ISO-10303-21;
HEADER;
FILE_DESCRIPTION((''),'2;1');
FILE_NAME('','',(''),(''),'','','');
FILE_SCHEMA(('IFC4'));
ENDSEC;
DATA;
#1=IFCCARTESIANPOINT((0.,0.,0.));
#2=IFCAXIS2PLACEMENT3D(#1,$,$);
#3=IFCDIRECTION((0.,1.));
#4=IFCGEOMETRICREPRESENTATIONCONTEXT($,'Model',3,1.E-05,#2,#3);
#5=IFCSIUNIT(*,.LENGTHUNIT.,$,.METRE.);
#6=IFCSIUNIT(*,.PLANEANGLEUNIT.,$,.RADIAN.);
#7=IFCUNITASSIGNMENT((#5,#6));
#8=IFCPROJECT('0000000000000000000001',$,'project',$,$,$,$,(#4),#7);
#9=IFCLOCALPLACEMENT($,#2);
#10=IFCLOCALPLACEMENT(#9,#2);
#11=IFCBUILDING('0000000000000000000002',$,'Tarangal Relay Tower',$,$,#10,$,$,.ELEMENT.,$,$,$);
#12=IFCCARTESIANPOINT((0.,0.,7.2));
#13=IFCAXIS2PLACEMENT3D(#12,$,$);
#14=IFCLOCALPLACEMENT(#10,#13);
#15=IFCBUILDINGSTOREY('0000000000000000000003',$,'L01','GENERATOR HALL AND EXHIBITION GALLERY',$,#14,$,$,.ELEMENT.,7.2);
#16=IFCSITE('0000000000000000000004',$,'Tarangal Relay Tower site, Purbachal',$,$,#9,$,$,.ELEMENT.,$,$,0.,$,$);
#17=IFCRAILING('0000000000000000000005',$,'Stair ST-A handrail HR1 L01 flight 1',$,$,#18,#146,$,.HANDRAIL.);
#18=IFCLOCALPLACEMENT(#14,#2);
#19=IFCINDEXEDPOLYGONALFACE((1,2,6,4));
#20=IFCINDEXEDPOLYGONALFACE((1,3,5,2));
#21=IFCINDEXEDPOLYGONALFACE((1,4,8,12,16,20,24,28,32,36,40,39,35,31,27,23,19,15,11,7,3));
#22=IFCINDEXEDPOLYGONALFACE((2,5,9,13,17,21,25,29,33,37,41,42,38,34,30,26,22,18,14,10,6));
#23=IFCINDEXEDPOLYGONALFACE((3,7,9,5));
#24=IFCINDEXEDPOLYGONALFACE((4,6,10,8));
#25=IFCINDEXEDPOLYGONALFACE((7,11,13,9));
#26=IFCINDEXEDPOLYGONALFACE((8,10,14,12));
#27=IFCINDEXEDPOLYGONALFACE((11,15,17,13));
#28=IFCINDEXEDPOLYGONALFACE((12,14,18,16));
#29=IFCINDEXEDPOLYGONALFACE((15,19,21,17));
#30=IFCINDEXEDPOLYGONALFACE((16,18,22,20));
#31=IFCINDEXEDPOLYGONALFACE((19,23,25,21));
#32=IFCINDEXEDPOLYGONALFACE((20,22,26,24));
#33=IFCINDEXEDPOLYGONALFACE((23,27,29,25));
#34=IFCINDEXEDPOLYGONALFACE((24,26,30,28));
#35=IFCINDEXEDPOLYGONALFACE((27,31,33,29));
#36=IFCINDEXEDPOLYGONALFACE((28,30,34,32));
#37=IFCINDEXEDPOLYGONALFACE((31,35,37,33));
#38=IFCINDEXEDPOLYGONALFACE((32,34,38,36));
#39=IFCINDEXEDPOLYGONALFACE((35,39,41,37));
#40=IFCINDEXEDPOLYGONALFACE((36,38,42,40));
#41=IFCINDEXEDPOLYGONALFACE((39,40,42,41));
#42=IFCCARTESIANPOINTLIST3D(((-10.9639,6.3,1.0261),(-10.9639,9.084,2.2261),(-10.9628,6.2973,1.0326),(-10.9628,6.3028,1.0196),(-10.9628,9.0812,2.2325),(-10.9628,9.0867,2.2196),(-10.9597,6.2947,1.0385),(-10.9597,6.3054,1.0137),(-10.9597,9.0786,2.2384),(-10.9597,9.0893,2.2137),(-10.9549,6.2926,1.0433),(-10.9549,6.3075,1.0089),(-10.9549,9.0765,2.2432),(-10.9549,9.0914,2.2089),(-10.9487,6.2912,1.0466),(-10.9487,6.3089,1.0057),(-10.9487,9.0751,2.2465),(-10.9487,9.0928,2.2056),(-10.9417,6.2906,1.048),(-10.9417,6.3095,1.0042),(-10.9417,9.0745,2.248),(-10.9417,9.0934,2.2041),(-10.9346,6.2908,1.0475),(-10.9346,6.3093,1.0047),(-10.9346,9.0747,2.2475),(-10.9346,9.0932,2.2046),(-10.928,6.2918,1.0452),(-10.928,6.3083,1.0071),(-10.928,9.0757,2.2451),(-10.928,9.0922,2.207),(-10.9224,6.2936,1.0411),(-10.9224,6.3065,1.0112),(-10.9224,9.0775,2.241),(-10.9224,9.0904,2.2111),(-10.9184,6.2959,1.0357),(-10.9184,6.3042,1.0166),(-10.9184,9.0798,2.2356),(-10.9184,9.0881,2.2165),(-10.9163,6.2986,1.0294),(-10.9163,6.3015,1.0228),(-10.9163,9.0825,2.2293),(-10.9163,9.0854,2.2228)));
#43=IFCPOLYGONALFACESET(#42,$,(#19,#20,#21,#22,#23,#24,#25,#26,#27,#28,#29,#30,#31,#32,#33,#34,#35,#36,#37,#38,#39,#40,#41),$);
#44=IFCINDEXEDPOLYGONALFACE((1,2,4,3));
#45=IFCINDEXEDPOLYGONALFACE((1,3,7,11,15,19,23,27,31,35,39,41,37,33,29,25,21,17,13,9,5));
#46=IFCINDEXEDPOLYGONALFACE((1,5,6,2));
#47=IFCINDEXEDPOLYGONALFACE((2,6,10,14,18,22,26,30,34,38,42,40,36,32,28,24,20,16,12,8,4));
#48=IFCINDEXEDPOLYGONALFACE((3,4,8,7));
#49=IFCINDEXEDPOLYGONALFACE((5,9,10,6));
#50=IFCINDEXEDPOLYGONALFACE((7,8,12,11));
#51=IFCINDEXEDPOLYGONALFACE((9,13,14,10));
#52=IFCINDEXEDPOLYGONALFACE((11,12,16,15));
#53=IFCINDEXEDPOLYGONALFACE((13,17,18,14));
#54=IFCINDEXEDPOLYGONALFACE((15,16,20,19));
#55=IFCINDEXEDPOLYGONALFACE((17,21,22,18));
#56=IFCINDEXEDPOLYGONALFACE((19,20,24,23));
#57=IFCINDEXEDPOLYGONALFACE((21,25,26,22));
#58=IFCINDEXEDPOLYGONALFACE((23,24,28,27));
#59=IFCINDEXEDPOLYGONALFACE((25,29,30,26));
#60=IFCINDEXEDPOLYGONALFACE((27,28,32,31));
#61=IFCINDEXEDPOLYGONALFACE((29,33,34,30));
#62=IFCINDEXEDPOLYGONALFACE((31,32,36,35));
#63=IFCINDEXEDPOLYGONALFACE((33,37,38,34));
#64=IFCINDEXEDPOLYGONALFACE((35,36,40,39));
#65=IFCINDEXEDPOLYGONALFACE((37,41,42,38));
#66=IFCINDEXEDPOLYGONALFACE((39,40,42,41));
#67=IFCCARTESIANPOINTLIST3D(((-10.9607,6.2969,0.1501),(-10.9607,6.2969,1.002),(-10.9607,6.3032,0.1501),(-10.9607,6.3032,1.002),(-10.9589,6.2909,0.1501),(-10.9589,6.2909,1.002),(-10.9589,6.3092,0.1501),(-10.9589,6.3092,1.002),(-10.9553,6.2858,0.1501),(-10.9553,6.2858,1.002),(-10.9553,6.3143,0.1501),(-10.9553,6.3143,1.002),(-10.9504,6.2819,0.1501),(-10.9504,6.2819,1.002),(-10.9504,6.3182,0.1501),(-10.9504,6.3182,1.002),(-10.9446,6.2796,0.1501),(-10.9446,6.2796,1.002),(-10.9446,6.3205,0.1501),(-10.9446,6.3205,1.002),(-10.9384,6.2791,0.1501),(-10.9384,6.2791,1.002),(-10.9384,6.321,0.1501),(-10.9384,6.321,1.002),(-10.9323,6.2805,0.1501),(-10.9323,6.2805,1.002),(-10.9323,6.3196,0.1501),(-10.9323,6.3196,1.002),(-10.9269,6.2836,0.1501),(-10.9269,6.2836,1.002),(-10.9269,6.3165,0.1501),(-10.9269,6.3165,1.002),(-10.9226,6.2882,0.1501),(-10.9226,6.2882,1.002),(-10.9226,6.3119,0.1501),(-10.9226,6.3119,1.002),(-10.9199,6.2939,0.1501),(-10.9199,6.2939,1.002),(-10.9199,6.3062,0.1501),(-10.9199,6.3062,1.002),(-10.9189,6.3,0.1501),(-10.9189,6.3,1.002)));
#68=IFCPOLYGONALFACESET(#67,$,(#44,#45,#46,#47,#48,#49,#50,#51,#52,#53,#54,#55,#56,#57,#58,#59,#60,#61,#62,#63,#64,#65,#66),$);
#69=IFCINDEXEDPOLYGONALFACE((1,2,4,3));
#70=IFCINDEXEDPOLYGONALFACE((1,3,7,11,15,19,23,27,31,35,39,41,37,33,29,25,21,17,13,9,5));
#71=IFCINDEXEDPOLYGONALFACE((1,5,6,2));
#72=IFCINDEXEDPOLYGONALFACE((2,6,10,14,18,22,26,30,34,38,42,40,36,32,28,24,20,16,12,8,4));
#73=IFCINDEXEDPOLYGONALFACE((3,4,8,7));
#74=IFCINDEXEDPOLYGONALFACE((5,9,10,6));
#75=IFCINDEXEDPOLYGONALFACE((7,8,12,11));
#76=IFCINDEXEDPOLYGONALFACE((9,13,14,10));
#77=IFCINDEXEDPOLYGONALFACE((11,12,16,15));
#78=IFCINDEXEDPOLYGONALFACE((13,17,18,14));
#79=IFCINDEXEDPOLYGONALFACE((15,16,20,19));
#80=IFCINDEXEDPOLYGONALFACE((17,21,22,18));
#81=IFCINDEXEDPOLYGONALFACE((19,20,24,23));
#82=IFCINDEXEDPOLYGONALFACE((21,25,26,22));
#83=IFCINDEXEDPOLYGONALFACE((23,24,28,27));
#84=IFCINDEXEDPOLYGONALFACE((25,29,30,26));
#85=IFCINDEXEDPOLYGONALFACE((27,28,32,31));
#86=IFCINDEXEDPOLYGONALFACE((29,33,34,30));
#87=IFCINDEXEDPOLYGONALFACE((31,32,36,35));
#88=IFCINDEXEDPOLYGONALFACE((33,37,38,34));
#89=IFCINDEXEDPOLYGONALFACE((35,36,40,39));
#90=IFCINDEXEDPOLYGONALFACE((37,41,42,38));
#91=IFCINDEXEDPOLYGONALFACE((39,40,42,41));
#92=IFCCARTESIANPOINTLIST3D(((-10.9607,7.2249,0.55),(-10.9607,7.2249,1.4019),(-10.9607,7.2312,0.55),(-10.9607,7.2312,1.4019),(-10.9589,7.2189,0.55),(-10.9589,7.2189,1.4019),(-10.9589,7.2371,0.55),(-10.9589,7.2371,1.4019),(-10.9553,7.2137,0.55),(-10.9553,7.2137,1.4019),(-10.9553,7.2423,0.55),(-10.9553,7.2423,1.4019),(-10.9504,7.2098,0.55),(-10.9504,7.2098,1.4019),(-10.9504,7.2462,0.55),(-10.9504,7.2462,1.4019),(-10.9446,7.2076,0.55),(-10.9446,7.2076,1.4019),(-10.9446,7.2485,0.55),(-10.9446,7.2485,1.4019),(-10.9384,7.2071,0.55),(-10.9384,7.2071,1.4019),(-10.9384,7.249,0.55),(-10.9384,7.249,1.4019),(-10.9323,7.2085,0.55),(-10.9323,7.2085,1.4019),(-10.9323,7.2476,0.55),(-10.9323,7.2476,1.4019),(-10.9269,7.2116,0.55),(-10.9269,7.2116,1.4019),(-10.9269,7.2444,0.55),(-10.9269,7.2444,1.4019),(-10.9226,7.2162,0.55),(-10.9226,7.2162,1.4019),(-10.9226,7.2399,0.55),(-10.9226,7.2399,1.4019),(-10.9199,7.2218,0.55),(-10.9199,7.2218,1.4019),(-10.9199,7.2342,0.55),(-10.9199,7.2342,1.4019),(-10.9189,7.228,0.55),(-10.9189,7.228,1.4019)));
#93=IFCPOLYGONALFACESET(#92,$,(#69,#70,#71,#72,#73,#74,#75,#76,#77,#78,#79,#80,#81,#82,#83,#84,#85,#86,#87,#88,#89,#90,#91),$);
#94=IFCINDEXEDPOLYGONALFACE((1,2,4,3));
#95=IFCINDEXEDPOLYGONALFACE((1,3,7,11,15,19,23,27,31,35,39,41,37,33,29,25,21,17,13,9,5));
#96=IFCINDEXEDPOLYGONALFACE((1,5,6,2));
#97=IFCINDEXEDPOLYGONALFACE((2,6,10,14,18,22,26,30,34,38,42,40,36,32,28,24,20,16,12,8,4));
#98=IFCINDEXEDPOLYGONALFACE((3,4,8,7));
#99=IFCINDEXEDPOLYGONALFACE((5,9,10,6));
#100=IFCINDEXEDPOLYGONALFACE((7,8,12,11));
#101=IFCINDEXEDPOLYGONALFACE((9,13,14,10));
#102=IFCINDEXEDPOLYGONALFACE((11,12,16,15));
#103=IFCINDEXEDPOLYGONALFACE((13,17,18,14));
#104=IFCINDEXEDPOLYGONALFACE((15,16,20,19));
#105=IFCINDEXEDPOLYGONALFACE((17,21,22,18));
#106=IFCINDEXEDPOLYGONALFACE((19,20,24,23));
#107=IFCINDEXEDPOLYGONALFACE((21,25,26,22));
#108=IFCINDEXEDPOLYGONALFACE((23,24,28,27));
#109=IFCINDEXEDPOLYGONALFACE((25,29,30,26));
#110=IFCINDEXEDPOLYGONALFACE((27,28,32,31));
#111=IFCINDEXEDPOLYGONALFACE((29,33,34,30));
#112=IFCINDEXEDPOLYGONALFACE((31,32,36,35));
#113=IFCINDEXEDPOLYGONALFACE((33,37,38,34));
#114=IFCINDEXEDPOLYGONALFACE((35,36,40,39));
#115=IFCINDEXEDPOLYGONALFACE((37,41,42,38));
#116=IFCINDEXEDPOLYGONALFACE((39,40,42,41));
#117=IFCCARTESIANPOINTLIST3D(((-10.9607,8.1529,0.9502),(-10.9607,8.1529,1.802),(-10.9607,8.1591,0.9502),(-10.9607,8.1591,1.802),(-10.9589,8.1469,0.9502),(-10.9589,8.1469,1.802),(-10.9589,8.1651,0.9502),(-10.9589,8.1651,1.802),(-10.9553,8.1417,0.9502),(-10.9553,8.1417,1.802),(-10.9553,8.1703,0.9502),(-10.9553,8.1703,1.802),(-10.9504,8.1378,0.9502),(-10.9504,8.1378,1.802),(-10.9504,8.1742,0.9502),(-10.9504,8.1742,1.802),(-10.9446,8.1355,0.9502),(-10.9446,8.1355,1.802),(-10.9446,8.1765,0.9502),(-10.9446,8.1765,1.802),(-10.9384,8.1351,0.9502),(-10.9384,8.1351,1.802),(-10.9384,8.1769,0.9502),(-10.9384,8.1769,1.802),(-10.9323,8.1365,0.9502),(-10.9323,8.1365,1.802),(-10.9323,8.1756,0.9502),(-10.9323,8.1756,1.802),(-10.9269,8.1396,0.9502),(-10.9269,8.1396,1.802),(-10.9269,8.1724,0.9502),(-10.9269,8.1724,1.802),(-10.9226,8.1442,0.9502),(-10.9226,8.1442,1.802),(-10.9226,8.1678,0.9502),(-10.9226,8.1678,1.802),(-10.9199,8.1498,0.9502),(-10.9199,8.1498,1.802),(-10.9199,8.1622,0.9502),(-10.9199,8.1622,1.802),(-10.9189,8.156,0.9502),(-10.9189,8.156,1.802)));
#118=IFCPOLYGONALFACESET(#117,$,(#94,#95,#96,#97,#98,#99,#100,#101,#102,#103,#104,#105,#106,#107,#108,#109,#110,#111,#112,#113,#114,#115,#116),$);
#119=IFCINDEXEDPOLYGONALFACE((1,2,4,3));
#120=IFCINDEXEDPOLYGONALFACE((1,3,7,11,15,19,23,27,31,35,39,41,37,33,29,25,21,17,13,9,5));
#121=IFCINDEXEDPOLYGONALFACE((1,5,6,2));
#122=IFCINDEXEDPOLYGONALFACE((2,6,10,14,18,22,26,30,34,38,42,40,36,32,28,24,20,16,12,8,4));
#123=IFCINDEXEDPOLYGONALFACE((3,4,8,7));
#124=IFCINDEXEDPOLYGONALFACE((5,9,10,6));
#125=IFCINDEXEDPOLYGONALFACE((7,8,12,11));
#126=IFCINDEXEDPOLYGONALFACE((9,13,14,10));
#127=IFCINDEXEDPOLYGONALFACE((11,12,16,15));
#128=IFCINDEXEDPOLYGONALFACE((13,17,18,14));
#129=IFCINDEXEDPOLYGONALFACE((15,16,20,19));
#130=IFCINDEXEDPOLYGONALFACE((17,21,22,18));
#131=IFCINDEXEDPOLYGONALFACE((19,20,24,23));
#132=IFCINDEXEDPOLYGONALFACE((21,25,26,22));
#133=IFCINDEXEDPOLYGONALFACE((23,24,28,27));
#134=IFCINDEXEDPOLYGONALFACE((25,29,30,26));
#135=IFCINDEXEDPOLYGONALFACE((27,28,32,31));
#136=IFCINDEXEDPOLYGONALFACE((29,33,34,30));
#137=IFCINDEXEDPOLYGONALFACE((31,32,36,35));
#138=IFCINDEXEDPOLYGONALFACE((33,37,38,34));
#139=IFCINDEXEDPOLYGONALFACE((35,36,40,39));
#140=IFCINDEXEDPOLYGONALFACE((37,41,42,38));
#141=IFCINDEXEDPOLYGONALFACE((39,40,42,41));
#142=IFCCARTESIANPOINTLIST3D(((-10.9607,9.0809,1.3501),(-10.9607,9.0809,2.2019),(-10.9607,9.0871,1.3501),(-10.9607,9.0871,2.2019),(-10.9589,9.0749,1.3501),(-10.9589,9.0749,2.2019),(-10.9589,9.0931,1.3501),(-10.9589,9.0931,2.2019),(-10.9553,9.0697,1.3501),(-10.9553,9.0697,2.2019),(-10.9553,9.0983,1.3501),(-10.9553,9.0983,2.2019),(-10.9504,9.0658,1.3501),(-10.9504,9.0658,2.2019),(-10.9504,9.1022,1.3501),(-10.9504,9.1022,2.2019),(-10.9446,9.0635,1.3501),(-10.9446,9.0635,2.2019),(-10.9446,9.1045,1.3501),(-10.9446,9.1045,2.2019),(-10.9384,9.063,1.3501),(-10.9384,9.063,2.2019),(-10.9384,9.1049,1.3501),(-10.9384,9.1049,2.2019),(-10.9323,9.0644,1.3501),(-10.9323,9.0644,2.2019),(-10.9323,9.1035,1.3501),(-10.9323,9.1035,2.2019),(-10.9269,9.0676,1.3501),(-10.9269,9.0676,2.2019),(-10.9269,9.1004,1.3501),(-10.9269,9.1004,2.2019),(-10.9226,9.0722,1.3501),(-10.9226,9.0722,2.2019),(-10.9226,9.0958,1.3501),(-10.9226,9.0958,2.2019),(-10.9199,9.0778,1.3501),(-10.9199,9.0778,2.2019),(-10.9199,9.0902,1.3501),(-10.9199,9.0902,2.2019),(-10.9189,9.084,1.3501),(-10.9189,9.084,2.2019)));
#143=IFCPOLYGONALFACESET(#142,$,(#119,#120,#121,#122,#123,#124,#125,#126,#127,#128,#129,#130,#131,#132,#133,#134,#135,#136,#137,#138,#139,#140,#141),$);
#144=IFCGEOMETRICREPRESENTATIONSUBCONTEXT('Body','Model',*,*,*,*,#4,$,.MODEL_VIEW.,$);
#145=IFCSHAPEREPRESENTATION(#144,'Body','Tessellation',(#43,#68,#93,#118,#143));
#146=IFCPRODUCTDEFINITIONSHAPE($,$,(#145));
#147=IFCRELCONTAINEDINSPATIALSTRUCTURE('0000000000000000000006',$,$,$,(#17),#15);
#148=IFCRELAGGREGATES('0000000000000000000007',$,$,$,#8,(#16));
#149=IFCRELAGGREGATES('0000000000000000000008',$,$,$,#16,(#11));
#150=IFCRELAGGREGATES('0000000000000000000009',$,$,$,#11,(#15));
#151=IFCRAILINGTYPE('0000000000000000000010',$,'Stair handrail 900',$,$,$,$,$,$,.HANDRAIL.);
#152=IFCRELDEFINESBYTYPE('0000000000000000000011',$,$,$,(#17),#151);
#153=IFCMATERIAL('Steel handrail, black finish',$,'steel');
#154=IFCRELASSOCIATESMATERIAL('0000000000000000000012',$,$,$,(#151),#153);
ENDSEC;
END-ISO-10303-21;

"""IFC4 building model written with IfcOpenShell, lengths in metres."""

from ifc_helpers import new_model, si_unit, direction, frame, origin, origin_2d, place, context, subcontext, project, spatial, circle, extrude, material, type_object, element, save


model = new_model("IFC4")

# Units and contexts
model_context = context("Model", 3, precision=1e-05, world=origin(), true_north=direction((0.0, 1.0)))
body_context = subcontext(model_context, "Body", "Model", "MODEL_VIEW")
ifc_project = project(units=[si_unit("LENGTHUNIT", "METRE"), si_unit("PLANEANGLEUNIT", "RADIAN")], contexts=[model_context])

# Site, building, storey
site_placement = place(None, origin())
site = spatial("IfcSite", under=ifc_project, at=site_placement, Name="Tarangal Relay Tower site, Purbachal", CompositionType="ELEMENT", RefElevation=0.0)
building_placement = place(site_placement, origin())
building = spatial("IfcBuilding", under=site, at=building_placement, Name="Tarangal Relay Tower", CompositionType="ELEMENT")
storey_placement = place(building_placement, frame((0.0, 0.0, 7.2)))
storey = spatial("IfcBuildingStorey", under=building, at=storey_placement, Name="L01", Description="GENERATOR HALL AND EXHIBITION GALLERY", CompositionType="ELEMENT", Elevation=7.2)

# Railing
ifc_material_1 = material(Name="Steel handrail, black finish", Category="steel")
railing_type_1 = type_object("IfcRailingType", Name="Stair handrail 900", PredefinedType="HANDRAIL", material=ifc_material_1)
for number, where, name in (
    (1, (-10.9399, 6.3, 0.1501), "Stair ST-A handrail HR1 L01 flight 1"),
):
    element("IfcRailing", number, at=place(storey_placement, frame(where)), inside=storey, type_object=railing_type_1, Name=name, PredefinedType="HANDRAIL", context=body_context, shape_type="SweptSolid", body=[
        extrude(circle(Radius=0.0239, at=origin_2d()), frame((0.0, 0.0, 0.876), z_axis=(0.0, 0.918327, 0.395823), x_axis=(-1.0, 0.0, 0.0)), (0.0, 0.0, 1.0), 3.0315),
        extrude(circle(Radius=0.021, at=origin_2d()), origin(), (0.0, 0.0, 1.0), 0.8518),
        extrude(circle(Radius=0.021, at=origin_2d()), frame((0.0, 0.928, 0.3999)), (0.0, 0.0, 1.0), 0.8518),
        extrude(circle(Radius=0.021, at=origin_2d()), frame((0.0, 1.856, 0.8)), (0.0, 0.0, 1.0), 0.8518),
        extrude(circle(Radius=0.021, at=origin_2d()), frame((0.0, 2.7839, 1.2)), (0.0, 0.0, 1.0), 0.8518),
    ])

save(model, "model.ifc")
